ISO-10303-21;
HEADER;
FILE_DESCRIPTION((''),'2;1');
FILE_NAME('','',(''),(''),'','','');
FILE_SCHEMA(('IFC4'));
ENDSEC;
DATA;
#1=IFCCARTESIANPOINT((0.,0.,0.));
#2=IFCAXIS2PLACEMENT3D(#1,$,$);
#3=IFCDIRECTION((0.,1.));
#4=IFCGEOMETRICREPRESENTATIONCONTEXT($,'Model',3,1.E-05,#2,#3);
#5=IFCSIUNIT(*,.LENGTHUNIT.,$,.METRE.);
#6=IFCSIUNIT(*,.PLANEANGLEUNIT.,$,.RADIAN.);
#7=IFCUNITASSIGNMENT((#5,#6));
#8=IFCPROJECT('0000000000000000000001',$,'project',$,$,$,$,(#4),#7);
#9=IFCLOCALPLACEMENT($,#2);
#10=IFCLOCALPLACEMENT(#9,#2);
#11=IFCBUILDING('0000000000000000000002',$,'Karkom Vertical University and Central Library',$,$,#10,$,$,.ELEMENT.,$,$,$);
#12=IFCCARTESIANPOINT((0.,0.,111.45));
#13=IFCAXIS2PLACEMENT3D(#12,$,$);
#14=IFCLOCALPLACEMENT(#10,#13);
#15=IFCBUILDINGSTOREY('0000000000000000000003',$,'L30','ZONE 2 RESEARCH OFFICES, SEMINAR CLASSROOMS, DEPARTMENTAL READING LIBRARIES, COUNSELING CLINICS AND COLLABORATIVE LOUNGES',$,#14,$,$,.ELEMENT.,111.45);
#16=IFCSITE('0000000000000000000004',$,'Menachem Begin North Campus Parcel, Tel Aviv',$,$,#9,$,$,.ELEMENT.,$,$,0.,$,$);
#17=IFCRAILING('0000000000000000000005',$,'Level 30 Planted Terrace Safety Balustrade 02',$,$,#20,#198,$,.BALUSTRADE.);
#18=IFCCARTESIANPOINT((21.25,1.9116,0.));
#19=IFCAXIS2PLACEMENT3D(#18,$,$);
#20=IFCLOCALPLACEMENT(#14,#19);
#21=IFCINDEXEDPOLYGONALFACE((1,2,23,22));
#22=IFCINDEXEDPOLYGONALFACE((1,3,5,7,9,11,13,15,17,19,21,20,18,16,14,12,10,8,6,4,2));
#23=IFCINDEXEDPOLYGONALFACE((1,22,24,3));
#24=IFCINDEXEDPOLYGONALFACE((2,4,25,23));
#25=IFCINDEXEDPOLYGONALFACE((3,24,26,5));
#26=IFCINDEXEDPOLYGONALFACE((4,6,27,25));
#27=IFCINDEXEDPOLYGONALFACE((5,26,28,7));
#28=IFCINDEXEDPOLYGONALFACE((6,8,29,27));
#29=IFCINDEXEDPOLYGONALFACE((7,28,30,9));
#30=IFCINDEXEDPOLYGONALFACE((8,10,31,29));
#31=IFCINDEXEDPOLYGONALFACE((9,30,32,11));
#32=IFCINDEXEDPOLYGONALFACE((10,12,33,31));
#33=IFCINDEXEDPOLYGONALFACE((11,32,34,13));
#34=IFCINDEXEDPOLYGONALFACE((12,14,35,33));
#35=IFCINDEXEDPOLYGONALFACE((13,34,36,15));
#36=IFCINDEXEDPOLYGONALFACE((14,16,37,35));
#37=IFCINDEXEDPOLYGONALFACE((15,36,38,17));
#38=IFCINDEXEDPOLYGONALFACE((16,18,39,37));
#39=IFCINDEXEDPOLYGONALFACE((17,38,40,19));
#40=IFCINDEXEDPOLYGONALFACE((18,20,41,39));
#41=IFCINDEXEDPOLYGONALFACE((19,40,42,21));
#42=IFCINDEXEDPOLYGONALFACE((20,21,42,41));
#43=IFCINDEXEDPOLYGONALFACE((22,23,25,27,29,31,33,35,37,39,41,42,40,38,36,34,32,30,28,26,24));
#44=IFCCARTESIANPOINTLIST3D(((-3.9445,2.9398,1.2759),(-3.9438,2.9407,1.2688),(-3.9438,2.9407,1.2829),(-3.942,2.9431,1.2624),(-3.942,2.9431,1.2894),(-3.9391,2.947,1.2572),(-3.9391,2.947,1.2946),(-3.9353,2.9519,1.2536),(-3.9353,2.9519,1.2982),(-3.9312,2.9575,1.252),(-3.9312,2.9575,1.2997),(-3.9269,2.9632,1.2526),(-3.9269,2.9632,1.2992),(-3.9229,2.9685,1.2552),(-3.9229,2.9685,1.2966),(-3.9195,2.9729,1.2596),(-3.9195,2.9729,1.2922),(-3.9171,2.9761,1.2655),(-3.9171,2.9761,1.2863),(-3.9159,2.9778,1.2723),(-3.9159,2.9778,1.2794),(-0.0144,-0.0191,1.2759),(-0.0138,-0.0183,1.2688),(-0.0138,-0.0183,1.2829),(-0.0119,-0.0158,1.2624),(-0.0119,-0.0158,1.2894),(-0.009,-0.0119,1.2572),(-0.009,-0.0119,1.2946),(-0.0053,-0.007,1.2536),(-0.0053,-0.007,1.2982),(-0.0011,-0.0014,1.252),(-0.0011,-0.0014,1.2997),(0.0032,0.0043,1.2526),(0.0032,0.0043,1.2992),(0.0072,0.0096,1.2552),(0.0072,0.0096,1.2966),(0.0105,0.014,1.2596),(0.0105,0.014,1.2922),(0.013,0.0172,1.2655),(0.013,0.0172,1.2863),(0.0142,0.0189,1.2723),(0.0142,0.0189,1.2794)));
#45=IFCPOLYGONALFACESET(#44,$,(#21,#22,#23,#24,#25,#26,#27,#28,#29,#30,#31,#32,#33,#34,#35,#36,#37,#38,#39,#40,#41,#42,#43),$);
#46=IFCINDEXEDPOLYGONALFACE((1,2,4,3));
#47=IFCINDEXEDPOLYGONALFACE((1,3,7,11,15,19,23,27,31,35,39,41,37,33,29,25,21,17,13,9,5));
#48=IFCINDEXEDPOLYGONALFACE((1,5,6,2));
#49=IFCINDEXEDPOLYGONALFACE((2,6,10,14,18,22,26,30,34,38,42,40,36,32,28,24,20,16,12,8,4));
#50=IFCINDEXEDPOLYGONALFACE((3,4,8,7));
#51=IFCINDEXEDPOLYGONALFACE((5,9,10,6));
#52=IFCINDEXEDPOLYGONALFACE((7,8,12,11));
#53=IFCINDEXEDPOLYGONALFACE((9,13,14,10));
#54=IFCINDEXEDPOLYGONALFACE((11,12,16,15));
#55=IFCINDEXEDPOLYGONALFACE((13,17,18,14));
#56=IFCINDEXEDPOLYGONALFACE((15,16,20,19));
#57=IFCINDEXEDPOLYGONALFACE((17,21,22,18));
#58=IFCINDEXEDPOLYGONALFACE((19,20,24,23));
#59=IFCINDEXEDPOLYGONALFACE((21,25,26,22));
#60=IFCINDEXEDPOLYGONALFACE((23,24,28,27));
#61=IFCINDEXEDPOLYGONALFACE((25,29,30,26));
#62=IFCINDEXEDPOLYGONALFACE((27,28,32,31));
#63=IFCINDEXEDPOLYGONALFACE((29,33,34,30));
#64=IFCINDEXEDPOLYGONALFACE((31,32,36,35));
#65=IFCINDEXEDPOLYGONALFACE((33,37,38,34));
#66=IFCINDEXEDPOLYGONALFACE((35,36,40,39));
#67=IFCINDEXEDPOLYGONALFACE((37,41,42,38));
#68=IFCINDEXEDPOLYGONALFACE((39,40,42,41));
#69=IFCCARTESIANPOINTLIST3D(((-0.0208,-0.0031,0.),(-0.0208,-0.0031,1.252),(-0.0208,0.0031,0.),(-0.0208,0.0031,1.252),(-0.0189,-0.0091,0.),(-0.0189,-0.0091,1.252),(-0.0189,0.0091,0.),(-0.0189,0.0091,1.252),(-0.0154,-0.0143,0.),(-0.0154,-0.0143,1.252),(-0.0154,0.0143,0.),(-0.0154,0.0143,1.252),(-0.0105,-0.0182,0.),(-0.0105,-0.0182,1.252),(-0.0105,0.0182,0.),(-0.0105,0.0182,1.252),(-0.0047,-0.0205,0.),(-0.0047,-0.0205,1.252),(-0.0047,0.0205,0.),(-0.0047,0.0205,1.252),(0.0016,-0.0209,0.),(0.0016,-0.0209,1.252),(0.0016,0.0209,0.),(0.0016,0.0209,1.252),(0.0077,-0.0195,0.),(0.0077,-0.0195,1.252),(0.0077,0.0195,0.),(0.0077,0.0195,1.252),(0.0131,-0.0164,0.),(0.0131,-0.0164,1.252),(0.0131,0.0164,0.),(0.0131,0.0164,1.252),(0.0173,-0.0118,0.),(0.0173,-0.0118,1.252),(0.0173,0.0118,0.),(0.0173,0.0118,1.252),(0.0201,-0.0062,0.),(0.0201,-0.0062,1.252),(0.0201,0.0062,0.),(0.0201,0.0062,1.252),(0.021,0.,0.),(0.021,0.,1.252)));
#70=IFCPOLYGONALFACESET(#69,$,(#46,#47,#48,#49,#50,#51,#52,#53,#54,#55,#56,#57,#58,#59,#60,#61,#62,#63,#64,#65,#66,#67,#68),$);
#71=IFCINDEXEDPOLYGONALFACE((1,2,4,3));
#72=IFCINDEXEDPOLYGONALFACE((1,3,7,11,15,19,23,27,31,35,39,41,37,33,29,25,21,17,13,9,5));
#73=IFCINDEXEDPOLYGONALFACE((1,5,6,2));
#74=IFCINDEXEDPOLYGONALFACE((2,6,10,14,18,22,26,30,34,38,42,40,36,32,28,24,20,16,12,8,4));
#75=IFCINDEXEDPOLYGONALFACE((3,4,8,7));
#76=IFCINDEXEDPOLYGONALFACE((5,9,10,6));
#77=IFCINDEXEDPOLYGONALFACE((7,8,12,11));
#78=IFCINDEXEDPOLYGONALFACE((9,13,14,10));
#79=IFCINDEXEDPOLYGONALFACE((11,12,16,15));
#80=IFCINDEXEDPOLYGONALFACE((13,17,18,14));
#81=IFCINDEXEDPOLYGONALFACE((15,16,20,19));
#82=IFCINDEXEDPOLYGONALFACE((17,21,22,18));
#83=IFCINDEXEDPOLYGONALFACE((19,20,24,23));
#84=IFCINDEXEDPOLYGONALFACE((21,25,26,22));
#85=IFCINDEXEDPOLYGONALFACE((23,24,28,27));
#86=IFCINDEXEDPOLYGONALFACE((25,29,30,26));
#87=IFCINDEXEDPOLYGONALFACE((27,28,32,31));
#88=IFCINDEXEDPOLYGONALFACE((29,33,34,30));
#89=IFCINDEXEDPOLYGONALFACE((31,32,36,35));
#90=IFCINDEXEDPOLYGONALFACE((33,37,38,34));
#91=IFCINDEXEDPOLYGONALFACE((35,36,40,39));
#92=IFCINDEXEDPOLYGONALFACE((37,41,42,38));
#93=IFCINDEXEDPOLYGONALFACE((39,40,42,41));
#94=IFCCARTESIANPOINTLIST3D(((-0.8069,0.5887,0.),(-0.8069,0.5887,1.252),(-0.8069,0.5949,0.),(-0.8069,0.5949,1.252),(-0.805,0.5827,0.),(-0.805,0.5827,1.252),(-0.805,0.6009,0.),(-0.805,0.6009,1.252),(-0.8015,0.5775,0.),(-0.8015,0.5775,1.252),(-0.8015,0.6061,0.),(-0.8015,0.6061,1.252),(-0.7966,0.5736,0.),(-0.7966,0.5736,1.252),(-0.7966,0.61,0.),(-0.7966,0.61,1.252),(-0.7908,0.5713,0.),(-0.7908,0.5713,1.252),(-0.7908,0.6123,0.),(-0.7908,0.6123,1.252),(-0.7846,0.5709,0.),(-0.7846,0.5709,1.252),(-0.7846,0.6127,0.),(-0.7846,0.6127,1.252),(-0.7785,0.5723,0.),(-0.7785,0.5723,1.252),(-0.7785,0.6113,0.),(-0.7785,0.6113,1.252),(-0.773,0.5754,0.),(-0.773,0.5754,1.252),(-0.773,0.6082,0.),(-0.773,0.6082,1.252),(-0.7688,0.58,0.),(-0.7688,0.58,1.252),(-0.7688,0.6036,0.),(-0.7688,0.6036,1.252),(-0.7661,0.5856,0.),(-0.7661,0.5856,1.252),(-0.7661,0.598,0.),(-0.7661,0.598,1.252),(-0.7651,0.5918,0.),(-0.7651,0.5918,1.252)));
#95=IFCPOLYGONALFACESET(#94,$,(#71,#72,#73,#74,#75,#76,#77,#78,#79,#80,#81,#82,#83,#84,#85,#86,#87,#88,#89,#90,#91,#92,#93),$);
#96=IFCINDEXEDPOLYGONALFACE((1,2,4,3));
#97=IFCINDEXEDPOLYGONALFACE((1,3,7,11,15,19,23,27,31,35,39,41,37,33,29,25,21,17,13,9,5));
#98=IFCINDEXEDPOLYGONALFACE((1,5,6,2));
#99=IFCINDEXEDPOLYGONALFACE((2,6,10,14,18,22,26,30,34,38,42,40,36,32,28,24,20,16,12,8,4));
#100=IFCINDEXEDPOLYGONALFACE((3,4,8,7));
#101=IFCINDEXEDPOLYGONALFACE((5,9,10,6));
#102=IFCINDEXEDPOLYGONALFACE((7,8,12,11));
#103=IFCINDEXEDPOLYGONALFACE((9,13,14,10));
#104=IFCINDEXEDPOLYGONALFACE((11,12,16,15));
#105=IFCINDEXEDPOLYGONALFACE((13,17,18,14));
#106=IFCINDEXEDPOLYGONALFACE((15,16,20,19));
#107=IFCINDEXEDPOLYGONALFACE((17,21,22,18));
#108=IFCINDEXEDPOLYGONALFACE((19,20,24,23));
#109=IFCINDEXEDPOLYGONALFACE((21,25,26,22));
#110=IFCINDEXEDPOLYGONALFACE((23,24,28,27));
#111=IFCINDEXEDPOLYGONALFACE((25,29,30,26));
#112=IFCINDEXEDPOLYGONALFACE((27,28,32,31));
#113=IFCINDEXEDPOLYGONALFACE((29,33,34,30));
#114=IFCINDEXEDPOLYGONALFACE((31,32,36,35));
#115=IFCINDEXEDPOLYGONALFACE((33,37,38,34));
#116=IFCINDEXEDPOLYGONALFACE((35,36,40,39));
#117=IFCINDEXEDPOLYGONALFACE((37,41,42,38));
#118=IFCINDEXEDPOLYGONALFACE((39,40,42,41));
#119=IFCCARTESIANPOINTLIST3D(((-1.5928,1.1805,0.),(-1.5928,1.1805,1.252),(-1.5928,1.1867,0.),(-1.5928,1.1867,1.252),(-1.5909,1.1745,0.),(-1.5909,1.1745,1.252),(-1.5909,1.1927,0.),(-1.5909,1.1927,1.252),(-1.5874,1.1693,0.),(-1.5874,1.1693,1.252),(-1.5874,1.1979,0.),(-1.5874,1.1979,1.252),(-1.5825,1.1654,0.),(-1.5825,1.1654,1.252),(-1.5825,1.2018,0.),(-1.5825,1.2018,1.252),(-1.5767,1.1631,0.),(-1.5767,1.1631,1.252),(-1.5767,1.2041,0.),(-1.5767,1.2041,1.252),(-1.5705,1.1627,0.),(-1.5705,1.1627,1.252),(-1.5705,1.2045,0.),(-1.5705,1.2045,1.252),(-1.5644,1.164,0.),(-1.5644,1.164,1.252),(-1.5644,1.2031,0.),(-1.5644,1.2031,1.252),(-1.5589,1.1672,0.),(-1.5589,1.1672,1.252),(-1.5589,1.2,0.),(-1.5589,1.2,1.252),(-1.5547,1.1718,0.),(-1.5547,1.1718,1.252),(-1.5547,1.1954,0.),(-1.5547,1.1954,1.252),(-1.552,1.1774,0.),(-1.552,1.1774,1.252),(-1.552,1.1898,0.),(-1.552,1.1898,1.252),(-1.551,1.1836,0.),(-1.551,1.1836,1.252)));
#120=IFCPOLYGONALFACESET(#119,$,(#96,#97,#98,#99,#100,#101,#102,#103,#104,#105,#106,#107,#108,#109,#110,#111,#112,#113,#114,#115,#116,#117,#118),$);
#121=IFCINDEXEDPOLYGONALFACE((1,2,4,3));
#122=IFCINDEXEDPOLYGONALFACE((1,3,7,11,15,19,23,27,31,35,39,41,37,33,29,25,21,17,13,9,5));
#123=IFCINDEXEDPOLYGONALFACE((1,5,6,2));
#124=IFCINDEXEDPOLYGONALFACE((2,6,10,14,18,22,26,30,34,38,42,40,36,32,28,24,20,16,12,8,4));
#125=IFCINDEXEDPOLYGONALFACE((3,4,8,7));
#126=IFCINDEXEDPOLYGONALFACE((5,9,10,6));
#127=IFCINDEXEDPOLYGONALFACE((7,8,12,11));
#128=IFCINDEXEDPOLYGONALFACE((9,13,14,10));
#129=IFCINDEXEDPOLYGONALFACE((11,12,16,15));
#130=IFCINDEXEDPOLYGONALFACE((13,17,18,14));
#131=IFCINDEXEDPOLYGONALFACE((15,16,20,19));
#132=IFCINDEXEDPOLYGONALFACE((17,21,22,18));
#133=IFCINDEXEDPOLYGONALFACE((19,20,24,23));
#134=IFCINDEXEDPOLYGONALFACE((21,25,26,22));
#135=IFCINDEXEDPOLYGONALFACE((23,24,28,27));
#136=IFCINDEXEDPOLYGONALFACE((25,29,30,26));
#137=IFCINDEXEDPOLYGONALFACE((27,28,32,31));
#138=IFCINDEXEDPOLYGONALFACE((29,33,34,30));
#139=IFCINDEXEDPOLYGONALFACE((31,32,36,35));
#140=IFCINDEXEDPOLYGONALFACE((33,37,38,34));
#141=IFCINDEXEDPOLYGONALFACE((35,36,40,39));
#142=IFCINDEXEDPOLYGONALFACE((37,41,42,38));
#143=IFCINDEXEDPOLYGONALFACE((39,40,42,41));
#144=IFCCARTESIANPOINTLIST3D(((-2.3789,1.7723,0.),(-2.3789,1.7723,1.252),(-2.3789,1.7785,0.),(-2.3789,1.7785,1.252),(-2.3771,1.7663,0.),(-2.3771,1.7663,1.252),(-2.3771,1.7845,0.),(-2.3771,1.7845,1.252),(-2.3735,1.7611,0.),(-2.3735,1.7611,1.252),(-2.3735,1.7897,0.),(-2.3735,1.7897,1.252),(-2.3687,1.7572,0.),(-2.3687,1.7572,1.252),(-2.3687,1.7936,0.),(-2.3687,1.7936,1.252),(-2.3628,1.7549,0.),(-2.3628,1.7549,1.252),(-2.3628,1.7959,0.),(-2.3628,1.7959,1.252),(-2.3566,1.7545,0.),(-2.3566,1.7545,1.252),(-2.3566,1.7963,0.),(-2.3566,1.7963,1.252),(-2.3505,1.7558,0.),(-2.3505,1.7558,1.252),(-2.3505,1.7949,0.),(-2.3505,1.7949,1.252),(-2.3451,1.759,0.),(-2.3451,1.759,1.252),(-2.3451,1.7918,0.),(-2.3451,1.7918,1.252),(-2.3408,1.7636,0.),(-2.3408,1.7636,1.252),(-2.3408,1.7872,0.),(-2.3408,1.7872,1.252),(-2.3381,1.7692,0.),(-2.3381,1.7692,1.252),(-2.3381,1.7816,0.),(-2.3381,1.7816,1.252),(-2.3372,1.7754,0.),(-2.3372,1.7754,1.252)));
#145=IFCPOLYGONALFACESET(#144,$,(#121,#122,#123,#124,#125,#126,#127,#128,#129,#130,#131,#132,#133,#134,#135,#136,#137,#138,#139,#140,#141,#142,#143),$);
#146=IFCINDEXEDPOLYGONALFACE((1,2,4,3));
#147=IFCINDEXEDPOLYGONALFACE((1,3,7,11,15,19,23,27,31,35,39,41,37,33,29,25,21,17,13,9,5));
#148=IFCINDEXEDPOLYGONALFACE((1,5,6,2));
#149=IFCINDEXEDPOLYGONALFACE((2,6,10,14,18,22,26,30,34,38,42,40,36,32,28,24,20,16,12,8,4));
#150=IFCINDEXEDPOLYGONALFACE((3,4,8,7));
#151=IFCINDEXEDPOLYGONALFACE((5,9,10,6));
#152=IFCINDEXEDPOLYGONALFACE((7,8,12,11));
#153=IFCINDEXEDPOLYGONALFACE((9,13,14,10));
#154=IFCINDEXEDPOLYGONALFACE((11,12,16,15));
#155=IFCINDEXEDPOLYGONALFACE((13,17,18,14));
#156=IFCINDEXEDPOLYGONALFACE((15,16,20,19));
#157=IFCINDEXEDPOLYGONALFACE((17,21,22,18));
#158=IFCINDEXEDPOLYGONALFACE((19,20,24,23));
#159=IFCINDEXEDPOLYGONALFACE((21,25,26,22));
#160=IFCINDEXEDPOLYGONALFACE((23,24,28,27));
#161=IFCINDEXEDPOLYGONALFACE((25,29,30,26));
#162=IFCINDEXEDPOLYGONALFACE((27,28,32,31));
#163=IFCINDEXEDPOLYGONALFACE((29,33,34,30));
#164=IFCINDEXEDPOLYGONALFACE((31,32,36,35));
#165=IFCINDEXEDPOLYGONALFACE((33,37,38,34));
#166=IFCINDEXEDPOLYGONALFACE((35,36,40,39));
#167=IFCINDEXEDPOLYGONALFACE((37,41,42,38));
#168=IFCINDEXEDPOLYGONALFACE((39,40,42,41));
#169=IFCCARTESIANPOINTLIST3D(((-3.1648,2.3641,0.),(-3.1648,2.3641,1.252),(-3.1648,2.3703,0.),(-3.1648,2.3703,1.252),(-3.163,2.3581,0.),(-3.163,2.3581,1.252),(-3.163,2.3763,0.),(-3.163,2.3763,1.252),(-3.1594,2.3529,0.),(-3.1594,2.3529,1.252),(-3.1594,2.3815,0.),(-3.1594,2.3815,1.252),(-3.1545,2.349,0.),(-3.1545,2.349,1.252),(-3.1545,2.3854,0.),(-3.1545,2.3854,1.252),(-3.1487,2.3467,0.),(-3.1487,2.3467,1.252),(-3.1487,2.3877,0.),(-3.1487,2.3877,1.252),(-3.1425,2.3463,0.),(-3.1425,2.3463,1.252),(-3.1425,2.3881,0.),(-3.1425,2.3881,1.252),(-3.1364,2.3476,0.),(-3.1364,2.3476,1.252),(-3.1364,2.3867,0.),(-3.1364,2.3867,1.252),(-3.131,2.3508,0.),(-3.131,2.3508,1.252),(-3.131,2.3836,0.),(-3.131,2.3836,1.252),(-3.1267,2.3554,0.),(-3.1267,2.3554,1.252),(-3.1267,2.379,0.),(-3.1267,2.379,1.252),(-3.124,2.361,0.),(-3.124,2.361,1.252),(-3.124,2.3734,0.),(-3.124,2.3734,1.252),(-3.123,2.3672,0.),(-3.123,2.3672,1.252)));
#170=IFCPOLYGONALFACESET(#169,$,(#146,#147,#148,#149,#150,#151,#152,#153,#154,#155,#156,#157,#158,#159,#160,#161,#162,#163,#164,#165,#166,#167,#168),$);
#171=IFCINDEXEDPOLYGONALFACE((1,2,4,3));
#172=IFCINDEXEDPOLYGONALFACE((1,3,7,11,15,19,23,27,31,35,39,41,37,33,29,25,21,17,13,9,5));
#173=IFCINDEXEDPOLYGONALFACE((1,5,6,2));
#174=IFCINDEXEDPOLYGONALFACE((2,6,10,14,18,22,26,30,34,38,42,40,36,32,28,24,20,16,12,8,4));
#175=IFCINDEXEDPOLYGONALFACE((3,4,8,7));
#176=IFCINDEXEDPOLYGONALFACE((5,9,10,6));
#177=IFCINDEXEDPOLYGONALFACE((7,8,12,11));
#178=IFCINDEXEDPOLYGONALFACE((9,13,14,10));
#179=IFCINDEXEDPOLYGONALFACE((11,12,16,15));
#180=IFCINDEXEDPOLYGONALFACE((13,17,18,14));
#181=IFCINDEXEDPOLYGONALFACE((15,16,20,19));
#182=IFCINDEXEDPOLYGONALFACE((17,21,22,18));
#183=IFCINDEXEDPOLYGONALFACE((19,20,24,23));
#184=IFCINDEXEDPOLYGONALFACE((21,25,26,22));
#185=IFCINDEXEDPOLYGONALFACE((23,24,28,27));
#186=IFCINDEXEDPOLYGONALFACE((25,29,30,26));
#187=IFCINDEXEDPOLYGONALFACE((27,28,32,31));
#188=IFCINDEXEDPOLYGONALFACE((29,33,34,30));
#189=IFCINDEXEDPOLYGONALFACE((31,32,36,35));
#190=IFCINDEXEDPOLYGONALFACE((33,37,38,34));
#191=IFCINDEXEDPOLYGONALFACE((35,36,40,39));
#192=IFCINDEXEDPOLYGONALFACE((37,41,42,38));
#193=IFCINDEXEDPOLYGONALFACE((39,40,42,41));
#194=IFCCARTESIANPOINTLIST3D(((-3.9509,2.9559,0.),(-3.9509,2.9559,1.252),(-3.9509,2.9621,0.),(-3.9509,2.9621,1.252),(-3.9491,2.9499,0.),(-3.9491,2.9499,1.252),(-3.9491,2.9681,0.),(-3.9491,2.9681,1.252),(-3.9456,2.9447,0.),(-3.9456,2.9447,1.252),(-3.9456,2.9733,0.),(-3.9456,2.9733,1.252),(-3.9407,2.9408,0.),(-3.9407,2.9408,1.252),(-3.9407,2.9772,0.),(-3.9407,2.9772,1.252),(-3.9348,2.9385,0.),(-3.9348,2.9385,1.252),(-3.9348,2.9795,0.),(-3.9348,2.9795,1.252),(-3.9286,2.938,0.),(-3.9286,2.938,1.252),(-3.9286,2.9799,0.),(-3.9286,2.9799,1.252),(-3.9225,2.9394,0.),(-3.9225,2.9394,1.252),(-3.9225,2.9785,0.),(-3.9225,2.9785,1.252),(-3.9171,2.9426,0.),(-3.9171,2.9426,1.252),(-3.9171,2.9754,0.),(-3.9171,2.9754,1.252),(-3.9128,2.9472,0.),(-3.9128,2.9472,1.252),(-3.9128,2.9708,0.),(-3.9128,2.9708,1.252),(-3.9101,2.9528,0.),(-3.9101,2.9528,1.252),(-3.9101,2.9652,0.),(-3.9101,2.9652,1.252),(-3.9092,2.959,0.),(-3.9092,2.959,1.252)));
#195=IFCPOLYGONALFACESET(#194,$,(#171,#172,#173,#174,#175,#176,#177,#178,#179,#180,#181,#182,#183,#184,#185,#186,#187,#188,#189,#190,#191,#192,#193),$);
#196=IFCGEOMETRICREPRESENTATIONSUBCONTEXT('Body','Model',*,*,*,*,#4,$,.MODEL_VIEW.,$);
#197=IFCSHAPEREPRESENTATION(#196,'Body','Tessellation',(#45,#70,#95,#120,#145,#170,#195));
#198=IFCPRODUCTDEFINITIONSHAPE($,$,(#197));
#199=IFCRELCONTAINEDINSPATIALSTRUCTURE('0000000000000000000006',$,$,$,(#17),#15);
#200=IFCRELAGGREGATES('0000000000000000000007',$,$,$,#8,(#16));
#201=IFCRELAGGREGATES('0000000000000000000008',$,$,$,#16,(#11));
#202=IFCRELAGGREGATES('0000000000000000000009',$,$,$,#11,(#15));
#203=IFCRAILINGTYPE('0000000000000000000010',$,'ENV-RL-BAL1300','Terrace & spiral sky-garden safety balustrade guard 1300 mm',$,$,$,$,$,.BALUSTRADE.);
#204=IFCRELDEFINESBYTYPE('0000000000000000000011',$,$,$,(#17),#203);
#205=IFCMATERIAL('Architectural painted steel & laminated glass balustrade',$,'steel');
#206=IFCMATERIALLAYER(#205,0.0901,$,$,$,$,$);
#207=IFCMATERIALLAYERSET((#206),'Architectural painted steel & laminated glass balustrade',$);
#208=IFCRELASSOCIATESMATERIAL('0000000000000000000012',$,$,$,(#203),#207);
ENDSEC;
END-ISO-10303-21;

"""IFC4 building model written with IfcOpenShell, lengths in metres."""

from ifc_helpers import new_model, si_unit, direction, frame, origin, origin_2d, place, context, subcontext, project, spatial, circle, extrude, material, layer, layer_set, type_object, element, save


model = new_model("IFC4")

# Units and contexts
model_context = context("Model", 3, precision=1e-05, world=origin(), true_north=direction((0.0, 1.0)))
body_context = subcontext(model_context, "Body", "Model", "MODEL_VIEW")
ifc_project = project(units=[si_unit("LENGTHUNIT", "METRE"), si_unit("PLANEANGLEUNIT", "RADIAN")], contexts=[model_context])

# Site, building, storey
site_placement = place(None, origin())
site = spatial("IfcSite", under=ifc_project, at=site_placement, Name="Menachem Begin North Campus Parcel, Tel Aviv", CompositionType="ELEMENT", RefElevation=0.0)
building_placement = place(site_placement, origin())
building = spatial("IfcBuilding", under=site, at=building_placement, Name="Karkom Vertical University and Central Library", CompositionType="ELEMENT")
storey_placement = place(building_placement, frame((0.0, 0.0, 111.45)))
storey = spatial("IfcBuildingStorey", under=building, at=storey_placement, Name="L30", Description="ZONE 2 RESEARCH OFFICES, SEMINAR CLASSROOMS, DEPARTMENTAL READING LIBRARIES, COUNSELING CLINICS AND COLLABORATIVE LOUNGES", CompositionType="ELEMENT", Elevation=111.45)

# Railing
ifc_material_1 = material(Name="Architectural painted steel & laminated glass balustrade", Category="steel")
ifc_layer_1 = layer(ifc_material_1, 0.0901)
ifc_layer_set_1 = layer_set([ifc_layer_1], Name="Architectural painted steel & laminated glass balustrade")
railing_type_1 = type_object("IfcRailingType", Name="ENV-RL-BAL1300", Description="Terrace & spiral sky-garden safety balustrade guard 1300 mm", PredefinedType="BALUSTRADE", material=ifc_layer_set_1)
railing_1_placement = place(storey_placement, frame((21.25, 1.9116, 0.0)))
element("IfcRailing", 1, at=railing_1_placement, inside=storey, type_object=railing_type_1, Name="Level 30 Planted Terrace Safety Balustrade 02", PredefinedType="BALUSTRADE", context=body_context, shape_type="SweptSolid", body=[
    extrude(circle(Radius=0.0239, at=origin_2d()), frame((0.0, 0.0, 1.2759), z_axis=(-0.798891, 0.601476, 0.0), x_axis=(-0.601476, -0.798891, 0.0)), (0.0, 0.0, 1.0), 4.9194),
    extrude(circle(Radius=0.021, at=origin_2d()), origin(), (0.0, 0.0, 1.0), 1.252),
    extrude(circle(Radius=0.021, at=origin_2d()), frame((-0.7861, 0.5918, 0.0)), (0.0, 0.0, 1.0), 1.252),
    extrude(circle(Radius=0.021, at=origin_2d()), frame((-1.572, 1.1836, 0.0)), (0.0, 0.0, 1.0), 1.252),
    extrude(circle(Radius=0.021, at=origin_2d()), frame((-2.3582, 1.7754, 0.0)), (0.0, 0.0, 1.0), 1.252),
    extrude(circle(Radius=0.021, at=origin_2d()), frame((-3.144, 2.3672, 0.0)), (0.0, 0.0, 1.0), 1.252),
    extrude(circle(Radius=0.021, at=origin_2d()), frame((-3.9302, 2.959, 0.0)), (0.0, 0.0, 1.0), 1.252),
])

save(model, "model.ifc")
